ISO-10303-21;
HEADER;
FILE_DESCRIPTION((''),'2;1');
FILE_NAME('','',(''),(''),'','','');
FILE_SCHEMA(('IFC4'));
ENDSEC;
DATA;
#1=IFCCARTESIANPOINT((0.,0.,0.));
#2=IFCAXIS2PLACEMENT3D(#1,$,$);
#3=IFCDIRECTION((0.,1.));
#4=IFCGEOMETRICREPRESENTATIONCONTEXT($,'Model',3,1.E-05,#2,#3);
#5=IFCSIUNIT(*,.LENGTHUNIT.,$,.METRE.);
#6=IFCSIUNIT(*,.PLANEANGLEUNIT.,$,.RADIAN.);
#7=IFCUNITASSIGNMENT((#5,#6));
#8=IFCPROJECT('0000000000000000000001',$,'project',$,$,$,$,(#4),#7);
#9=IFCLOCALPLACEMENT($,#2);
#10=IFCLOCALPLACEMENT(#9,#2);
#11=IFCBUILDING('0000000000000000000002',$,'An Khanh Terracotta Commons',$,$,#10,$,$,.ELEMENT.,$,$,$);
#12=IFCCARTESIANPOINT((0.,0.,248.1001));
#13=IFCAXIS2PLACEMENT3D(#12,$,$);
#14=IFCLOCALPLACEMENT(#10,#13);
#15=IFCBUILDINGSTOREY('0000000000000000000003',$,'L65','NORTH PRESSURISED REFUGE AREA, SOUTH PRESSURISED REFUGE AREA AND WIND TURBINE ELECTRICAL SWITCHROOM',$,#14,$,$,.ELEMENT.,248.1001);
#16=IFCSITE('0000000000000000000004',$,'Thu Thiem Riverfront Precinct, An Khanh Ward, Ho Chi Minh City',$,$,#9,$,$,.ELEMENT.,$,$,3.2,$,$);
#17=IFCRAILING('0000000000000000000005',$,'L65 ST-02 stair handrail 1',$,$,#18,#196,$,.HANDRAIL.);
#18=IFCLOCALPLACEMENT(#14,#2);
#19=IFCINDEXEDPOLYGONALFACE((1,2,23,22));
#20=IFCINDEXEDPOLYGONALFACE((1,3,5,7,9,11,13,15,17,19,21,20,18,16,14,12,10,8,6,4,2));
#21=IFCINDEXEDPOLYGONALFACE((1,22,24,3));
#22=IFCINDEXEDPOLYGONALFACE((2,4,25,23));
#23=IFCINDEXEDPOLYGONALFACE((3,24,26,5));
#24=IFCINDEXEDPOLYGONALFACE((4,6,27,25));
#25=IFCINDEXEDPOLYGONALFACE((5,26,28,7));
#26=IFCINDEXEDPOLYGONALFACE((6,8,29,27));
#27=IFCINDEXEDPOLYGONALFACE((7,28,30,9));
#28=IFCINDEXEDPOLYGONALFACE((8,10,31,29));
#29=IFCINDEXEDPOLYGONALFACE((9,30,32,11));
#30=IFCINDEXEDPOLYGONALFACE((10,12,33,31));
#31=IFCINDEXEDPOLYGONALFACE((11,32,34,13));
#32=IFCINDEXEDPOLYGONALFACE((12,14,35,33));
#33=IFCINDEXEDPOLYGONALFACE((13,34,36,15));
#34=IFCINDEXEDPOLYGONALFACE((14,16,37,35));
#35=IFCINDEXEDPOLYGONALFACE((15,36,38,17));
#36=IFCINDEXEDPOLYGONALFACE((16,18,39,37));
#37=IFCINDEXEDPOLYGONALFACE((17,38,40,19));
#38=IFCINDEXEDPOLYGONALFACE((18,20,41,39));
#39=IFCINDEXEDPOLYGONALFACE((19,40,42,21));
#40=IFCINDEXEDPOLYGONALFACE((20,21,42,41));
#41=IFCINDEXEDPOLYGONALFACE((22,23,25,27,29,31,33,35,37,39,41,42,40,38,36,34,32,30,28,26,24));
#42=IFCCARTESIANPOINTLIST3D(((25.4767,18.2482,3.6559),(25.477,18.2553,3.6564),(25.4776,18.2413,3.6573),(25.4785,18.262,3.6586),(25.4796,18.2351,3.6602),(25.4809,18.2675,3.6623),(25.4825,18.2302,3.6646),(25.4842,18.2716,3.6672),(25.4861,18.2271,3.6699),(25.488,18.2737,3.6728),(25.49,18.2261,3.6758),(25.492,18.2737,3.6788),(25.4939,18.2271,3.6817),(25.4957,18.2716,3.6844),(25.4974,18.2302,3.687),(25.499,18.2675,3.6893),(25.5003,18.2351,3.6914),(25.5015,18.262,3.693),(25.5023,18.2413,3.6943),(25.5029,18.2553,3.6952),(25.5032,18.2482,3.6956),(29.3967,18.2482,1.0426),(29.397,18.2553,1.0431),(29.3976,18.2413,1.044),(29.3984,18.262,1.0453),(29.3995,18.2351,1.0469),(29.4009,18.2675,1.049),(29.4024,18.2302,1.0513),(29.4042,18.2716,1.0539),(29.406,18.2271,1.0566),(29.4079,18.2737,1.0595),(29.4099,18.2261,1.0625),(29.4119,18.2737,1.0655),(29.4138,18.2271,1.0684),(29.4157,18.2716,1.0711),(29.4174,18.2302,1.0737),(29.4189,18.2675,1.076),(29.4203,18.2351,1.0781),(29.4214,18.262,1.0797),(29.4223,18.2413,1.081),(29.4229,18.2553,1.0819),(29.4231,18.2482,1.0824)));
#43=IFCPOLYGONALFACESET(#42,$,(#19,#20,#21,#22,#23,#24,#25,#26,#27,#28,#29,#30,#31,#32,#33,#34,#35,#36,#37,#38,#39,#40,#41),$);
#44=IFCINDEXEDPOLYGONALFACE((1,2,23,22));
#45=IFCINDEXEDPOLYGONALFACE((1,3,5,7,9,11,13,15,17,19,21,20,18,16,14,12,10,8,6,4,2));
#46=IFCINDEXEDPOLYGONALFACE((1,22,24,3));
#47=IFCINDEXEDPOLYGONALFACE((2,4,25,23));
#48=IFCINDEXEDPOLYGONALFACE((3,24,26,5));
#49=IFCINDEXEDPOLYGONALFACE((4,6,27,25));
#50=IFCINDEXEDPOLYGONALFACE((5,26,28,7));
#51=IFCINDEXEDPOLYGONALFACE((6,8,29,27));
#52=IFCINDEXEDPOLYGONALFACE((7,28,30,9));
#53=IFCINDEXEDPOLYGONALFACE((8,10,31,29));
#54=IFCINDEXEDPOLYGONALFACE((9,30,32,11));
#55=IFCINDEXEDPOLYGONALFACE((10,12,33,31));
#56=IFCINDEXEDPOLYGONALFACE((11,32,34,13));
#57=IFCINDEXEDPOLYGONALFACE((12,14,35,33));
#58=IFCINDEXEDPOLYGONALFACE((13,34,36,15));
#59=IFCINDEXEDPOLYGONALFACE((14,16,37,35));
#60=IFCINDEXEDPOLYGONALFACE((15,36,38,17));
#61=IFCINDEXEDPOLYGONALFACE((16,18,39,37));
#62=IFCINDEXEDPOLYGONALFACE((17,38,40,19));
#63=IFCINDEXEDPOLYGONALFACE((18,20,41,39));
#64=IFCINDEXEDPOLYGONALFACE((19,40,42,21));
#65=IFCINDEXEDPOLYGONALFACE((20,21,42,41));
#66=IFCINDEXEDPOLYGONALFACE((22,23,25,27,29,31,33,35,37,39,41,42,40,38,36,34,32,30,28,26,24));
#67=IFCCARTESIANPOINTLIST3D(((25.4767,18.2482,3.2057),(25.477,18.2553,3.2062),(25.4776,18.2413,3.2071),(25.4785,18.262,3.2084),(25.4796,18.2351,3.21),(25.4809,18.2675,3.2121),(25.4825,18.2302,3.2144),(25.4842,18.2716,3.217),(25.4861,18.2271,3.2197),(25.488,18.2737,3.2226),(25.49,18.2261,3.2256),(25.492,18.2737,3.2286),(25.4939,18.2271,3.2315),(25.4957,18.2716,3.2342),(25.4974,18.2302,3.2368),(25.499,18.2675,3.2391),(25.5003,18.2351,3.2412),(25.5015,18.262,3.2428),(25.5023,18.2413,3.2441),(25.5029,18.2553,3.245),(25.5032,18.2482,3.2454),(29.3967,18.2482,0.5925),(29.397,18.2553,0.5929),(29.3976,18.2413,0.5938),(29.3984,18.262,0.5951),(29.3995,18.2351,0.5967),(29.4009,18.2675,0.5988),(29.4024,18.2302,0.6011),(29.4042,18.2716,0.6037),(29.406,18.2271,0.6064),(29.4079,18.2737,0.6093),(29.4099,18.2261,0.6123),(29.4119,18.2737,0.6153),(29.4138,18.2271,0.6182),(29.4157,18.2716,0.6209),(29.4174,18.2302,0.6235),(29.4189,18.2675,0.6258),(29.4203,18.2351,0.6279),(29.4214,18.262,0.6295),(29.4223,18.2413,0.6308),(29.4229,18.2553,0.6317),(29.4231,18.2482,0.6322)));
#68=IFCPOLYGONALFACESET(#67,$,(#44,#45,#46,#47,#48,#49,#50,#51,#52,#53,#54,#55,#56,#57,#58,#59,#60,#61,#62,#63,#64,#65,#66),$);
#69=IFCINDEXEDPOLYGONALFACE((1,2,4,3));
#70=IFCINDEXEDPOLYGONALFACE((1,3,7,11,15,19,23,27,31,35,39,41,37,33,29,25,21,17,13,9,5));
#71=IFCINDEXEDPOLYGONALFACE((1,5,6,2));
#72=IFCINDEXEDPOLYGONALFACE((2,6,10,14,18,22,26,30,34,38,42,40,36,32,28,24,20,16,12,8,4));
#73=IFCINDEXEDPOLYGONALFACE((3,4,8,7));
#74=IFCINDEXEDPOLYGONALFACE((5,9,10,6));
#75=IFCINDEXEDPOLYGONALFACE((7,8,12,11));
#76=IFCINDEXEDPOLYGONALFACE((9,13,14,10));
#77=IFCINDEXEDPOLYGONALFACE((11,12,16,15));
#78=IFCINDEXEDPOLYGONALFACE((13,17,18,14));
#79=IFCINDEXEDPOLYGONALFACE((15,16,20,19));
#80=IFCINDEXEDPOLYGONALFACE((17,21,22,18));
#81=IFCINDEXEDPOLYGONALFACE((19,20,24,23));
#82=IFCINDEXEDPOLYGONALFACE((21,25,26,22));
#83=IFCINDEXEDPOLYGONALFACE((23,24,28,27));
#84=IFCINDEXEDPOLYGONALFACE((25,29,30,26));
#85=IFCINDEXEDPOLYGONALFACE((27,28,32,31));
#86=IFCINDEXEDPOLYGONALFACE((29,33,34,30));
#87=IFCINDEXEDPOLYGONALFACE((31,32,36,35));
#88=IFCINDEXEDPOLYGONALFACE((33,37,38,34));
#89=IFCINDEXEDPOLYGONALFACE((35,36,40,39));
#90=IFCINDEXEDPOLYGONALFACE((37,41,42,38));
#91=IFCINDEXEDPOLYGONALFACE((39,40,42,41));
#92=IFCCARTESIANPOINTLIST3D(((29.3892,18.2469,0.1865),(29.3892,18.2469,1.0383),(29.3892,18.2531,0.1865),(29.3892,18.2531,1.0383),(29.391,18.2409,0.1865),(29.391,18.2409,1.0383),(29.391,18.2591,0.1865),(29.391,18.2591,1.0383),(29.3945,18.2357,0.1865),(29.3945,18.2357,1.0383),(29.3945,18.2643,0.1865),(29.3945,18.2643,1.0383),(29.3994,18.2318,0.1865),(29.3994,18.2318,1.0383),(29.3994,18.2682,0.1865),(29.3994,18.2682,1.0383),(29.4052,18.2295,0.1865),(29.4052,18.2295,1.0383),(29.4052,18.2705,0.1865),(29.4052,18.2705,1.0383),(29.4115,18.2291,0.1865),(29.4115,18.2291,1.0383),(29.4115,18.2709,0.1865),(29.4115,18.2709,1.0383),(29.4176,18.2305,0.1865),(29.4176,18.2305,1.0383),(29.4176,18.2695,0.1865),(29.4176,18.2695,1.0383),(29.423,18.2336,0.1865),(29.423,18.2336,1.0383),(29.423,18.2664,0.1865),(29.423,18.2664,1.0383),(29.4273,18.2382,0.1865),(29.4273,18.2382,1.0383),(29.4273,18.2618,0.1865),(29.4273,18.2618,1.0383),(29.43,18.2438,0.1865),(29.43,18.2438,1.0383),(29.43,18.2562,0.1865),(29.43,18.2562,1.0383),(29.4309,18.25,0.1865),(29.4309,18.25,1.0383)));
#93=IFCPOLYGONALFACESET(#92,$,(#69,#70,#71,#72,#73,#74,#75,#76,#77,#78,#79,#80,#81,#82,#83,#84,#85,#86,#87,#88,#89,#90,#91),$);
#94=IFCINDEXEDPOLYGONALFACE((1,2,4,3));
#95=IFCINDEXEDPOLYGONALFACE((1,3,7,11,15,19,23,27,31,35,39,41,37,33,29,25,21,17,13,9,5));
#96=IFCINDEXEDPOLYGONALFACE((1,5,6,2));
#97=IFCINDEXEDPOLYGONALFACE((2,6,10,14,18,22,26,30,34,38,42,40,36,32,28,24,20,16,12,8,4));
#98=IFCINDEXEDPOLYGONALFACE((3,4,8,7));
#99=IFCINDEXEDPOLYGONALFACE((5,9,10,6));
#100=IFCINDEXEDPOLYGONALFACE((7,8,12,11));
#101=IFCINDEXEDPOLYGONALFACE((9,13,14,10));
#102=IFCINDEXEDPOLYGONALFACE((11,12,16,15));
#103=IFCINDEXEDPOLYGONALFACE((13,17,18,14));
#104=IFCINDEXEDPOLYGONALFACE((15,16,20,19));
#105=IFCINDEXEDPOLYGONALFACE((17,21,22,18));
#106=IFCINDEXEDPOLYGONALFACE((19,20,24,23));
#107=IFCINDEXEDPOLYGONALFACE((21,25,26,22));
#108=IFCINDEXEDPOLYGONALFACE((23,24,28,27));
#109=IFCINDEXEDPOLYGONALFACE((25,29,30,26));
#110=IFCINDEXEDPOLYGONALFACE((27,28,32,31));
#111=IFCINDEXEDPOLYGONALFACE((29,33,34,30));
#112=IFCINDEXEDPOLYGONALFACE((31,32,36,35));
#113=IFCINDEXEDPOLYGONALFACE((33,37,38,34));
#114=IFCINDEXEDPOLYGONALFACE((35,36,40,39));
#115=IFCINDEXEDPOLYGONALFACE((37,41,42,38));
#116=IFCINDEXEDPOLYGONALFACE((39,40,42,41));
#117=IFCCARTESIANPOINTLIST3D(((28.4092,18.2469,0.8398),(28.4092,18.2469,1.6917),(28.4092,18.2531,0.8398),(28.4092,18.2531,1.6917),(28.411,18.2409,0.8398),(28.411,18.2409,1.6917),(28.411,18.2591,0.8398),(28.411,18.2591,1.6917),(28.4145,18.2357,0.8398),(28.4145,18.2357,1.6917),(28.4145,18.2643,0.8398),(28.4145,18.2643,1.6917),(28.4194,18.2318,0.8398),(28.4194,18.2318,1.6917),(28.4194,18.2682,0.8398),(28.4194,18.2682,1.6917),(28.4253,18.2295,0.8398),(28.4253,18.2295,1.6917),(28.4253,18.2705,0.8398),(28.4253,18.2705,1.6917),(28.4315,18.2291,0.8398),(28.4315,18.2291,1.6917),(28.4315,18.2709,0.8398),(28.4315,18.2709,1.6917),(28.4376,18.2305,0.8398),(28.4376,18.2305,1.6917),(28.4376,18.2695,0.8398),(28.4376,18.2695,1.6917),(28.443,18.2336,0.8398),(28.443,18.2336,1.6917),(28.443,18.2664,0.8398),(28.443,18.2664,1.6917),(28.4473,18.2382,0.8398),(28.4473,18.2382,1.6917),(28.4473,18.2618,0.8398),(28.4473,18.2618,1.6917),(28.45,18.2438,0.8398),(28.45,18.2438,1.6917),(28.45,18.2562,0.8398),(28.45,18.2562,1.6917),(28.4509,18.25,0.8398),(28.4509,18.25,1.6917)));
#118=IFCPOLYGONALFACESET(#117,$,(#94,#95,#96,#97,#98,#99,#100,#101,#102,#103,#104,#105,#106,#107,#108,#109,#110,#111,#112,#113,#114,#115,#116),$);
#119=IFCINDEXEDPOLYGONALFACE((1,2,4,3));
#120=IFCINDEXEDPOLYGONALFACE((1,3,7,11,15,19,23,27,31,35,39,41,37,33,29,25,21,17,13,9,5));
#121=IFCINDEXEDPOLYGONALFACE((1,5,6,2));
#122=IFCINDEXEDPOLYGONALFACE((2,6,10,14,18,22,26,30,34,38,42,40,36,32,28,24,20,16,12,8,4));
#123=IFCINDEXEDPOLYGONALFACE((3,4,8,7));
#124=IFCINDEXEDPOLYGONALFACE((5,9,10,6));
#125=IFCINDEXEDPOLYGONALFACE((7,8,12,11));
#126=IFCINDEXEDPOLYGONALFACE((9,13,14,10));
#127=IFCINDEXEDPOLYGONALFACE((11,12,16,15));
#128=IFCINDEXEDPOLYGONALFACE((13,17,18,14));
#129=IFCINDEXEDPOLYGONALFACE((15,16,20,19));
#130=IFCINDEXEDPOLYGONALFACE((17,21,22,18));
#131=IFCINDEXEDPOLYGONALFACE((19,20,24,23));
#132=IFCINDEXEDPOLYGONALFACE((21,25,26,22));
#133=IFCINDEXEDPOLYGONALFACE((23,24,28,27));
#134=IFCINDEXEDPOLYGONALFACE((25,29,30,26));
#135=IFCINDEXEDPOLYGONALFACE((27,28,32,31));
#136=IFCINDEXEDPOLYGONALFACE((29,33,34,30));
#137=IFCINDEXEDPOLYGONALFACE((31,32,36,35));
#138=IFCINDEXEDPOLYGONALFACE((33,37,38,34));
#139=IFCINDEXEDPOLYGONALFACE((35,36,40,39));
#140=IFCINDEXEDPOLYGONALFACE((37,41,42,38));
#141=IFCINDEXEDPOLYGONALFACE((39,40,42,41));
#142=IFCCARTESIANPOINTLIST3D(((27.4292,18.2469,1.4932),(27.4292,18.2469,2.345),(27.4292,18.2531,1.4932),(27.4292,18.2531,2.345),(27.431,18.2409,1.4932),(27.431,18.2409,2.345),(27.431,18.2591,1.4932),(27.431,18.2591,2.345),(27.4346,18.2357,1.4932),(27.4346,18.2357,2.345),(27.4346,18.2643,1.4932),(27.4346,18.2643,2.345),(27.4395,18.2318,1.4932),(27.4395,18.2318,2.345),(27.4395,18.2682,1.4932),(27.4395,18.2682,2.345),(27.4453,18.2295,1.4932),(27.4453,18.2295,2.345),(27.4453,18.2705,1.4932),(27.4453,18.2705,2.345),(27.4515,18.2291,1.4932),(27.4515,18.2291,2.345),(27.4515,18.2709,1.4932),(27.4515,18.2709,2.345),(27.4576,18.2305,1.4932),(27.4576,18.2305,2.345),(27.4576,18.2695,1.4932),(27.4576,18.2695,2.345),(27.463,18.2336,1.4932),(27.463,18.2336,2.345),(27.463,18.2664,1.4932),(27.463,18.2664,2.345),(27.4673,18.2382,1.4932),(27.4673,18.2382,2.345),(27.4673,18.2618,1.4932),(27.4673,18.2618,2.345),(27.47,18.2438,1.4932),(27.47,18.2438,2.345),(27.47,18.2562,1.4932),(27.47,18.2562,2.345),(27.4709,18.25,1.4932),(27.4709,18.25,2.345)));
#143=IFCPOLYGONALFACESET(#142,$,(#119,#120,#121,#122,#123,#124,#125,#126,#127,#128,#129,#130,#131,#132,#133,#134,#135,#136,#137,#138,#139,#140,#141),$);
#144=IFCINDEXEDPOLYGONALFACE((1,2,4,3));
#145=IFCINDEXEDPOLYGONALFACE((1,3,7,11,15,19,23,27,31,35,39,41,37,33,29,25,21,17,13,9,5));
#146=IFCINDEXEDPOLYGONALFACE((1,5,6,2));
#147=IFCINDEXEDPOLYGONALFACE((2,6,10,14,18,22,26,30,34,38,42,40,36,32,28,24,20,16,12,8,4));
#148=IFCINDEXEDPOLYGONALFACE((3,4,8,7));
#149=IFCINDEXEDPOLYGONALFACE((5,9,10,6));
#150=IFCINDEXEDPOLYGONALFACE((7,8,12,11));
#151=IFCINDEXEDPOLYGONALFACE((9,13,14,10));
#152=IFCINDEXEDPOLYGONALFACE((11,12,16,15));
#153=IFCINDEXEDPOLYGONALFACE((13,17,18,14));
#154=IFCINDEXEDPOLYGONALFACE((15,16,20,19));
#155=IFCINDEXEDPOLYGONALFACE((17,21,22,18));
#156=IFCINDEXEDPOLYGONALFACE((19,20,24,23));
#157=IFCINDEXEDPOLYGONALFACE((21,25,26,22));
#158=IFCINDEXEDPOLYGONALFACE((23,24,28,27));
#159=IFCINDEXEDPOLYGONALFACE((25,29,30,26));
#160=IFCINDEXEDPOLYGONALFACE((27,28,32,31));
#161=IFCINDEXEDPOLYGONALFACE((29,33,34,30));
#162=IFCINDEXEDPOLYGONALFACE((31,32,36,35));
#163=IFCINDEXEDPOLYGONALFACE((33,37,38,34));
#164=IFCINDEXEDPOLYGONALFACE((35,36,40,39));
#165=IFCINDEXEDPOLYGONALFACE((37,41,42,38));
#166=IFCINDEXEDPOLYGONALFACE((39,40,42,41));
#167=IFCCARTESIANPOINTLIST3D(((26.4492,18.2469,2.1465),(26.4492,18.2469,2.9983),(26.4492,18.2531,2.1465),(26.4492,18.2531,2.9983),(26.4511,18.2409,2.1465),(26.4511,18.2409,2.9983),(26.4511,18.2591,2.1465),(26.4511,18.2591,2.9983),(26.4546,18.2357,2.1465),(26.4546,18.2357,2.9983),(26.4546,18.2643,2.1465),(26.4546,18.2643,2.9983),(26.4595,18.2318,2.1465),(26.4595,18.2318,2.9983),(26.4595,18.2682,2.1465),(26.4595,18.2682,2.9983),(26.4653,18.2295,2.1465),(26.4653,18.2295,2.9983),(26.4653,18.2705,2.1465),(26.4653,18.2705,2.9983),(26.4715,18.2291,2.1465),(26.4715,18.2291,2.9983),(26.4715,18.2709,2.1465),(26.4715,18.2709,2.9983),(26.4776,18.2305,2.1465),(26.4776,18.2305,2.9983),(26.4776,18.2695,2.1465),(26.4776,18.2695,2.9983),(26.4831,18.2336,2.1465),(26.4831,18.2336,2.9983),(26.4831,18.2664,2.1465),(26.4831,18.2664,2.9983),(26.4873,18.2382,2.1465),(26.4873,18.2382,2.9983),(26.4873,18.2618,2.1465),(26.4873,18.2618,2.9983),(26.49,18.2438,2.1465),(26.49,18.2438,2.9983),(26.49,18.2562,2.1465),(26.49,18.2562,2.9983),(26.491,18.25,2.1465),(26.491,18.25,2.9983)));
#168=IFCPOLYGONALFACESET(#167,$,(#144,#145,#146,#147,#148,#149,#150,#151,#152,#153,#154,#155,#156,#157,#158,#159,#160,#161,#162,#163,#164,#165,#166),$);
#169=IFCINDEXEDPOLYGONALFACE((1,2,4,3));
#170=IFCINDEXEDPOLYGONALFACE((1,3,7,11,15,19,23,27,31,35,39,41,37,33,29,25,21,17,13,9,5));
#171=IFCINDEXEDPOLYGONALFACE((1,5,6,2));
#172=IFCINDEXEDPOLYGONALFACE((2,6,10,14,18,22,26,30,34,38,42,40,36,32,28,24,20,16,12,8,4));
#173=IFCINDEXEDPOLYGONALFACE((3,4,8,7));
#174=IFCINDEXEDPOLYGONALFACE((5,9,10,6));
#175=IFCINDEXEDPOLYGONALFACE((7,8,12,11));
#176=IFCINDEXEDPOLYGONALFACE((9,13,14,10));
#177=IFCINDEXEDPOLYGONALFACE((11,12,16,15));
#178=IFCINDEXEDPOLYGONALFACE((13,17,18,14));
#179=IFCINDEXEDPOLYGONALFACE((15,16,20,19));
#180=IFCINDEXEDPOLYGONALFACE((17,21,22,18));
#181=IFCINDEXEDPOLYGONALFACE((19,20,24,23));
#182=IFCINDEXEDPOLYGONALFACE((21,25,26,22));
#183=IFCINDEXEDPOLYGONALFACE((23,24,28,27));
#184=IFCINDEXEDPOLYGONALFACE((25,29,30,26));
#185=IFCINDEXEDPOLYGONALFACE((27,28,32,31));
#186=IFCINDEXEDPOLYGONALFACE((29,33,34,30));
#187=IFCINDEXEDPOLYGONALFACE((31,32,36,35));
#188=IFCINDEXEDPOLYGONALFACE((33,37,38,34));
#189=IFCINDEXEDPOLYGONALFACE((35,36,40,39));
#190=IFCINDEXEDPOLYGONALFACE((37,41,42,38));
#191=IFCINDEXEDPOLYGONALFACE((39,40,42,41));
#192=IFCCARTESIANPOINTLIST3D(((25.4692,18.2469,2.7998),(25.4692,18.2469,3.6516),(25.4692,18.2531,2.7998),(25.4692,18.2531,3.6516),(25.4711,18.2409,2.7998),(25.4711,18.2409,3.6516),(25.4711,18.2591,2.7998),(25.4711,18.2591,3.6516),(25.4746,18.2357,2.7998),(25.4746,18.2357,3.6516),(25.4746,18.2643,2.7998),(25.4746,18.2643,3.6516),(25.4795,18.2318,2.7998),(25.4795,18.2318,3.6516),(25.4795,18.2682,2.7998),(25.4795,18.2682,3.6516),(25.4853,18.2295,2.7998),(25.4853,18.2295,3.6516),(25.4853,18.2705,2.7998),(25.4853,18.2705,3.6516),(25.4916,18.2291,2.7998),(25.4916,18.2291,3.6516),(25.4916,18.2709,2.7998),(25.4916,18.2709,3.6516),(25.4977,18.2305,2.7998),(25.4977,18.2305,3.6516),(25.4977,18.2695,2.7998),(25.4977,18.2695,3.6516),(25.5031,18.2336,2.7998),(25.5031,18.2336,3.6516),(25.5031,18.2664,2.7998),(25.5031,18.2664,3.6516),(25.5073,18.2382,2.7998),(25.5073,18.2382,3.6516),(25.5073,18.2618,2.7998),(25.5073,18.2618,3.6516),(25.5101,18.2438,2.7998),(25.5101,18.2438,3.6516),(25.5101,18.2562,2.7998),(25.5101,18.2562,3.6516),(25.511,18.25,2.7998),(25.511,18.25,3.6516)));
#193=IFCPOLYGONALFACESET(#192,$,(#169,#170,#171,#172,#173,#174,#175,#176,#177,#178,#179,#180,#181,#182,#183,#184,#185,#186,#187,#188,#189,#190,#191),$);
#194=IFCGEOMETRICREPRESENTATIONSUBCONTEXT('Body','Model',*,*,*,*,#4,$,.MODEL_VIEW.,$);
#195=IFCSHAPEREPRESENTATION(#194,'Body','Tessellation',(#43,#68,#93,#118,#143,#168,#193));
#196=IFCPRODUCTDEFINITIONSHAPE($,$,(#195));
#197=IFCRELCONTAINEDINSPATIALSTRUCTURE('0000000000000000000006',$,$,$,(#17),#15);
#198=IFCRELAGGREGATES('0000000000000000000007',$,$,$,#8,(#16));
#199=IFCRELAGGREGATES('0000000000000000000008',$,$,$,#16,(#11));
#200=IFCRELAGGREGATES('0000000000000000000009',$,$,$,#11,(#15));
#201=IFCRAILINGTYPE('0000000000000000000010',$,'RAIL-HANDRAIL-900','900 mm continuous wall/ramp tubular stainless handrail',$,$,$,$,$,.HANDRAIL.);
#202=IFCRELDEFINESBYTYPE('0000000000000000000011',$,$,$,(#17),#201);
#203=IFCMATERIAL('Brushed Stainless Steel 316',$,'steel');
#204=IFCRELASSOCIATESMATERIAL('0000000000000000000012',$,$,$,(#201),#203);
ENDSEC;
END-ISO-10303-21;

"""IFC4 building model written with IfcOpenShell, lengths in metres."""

from ifc_helpers import new_model, si_unit, direction, frame, origin, origin_2d, place, context, subcontext, project, spatial, circle, extrude, material, type_object, element, save


model = new_model("IFC4")

# Units and contexts
model_context = context("Model", 3, precision=1e-05, world=origin(), true_north=direction((0.0, 1.0)))
body_context = subcontext(model_context, "Body", "Model", "MODEL_VIEW")
ifc_project = project(units=[si_unit("LENGTHUNIT", "METRE"), si_unit("PLANEANGLEUNIT", "RADIAN")], contexts=[model_context])

# Site, building, storey
site_placement = place(None, origin())
site = spatial("IfcSite", under=ifc_project, at=site_placement, Name="Thu Thiem Riverfront Precinct, An Khanh Ward, Ho Chi Minh City", CompositionType="ELEMENT", RefElevation=3.2)
building_placement = place(site_placement, origin())
building = spatial("IfcBuilding", under=site, at=building_placement, Name="An Khanh Terracotta Commons", CompositionType="ELEMENT")
storey_placement = place(building_placement, frame((0.0, 0.0, 248.1001)))
storey = spatial("IfcBuildingStorey", under=building, at=storey_placement, Name="L65", Description="NORTH PRESSURISED REFUGE AREA, SOUTH PRESSURISED REFUGE AREA AND WIND TURBINE ELECTRICAL SWITCHROOM", CompositionType="ELEMENT", Elevation=248.1001)

# Railing
ifc_material_1 = material(Name="Brushed Stainless Steel 316", Category="steel")
railing_type_1 = type_object("IfcRailingType", Name="RAIL-HANDRAIL-900", Description="900 mm continuous wall/ramp tubular stainless handrail", PredefinedType="HANDRAIL", material=ifc_material_1)
railing_1_placement = place(storey_placement, frame((29.4099, 18.25, 0.1865)))
element("IfcRailing", 1, at=railing_1_placement, inside=storey, type_object=railing_type_1, Name="L65 ST-02 stair handrail 1", PredefinedType="HANDRAIL", context=body_context, shape_type="SweptSolid", body=[
    extrude(circle(Radius=0.0239, at=origin_2d()), frame((0.0, 0.0, 0.876), z_axis=(-0.83205, 0.0, 0.5547), x_axis=(0.0, -1.0, 0.0)), (0.0, 0.0, 1.0), 4.7112),
    extrude(circle(Radius=0.0239, at=origin_2d()), frame((0.0, 0.0, 0.4258), z_axis=(-0.83205, 0.0, 0.5547), x_axis=(0.0, -1.0, 0.0)), (0.0, 0.0, 1.0), 4.7112),
    extrude(circle(Radius=0.021, at=origin_2d()), origin(), (0.0, 0.0, 1.0), 0.8518),
    extrude(circle(Radius=0.021, at=origin_2d()), frame((-0.98, 0.0, 0.6533)), (0.0, 0.0, 1.0), 0.8518),
    extrude(circle(Radius=0.021, at=origin_2d()), frame((-1.96, 0.0, 1.3066)), (0.0, 0.0, 1.0), 0.8518),
    extrude(circle(Radius=0.021, at=origin_2d()), frame((-2.9399, 0.0, 1.96)), (0.0, 0.0, 1.0), 0.8518),
    extrude(circle(Radius=0.021, at=origin_2d()), frame((-3.9199, 0.0, 2.6133)), (0.0, 0.0, 1.0), 0.8518),
])

save(model, "model.ifc")
